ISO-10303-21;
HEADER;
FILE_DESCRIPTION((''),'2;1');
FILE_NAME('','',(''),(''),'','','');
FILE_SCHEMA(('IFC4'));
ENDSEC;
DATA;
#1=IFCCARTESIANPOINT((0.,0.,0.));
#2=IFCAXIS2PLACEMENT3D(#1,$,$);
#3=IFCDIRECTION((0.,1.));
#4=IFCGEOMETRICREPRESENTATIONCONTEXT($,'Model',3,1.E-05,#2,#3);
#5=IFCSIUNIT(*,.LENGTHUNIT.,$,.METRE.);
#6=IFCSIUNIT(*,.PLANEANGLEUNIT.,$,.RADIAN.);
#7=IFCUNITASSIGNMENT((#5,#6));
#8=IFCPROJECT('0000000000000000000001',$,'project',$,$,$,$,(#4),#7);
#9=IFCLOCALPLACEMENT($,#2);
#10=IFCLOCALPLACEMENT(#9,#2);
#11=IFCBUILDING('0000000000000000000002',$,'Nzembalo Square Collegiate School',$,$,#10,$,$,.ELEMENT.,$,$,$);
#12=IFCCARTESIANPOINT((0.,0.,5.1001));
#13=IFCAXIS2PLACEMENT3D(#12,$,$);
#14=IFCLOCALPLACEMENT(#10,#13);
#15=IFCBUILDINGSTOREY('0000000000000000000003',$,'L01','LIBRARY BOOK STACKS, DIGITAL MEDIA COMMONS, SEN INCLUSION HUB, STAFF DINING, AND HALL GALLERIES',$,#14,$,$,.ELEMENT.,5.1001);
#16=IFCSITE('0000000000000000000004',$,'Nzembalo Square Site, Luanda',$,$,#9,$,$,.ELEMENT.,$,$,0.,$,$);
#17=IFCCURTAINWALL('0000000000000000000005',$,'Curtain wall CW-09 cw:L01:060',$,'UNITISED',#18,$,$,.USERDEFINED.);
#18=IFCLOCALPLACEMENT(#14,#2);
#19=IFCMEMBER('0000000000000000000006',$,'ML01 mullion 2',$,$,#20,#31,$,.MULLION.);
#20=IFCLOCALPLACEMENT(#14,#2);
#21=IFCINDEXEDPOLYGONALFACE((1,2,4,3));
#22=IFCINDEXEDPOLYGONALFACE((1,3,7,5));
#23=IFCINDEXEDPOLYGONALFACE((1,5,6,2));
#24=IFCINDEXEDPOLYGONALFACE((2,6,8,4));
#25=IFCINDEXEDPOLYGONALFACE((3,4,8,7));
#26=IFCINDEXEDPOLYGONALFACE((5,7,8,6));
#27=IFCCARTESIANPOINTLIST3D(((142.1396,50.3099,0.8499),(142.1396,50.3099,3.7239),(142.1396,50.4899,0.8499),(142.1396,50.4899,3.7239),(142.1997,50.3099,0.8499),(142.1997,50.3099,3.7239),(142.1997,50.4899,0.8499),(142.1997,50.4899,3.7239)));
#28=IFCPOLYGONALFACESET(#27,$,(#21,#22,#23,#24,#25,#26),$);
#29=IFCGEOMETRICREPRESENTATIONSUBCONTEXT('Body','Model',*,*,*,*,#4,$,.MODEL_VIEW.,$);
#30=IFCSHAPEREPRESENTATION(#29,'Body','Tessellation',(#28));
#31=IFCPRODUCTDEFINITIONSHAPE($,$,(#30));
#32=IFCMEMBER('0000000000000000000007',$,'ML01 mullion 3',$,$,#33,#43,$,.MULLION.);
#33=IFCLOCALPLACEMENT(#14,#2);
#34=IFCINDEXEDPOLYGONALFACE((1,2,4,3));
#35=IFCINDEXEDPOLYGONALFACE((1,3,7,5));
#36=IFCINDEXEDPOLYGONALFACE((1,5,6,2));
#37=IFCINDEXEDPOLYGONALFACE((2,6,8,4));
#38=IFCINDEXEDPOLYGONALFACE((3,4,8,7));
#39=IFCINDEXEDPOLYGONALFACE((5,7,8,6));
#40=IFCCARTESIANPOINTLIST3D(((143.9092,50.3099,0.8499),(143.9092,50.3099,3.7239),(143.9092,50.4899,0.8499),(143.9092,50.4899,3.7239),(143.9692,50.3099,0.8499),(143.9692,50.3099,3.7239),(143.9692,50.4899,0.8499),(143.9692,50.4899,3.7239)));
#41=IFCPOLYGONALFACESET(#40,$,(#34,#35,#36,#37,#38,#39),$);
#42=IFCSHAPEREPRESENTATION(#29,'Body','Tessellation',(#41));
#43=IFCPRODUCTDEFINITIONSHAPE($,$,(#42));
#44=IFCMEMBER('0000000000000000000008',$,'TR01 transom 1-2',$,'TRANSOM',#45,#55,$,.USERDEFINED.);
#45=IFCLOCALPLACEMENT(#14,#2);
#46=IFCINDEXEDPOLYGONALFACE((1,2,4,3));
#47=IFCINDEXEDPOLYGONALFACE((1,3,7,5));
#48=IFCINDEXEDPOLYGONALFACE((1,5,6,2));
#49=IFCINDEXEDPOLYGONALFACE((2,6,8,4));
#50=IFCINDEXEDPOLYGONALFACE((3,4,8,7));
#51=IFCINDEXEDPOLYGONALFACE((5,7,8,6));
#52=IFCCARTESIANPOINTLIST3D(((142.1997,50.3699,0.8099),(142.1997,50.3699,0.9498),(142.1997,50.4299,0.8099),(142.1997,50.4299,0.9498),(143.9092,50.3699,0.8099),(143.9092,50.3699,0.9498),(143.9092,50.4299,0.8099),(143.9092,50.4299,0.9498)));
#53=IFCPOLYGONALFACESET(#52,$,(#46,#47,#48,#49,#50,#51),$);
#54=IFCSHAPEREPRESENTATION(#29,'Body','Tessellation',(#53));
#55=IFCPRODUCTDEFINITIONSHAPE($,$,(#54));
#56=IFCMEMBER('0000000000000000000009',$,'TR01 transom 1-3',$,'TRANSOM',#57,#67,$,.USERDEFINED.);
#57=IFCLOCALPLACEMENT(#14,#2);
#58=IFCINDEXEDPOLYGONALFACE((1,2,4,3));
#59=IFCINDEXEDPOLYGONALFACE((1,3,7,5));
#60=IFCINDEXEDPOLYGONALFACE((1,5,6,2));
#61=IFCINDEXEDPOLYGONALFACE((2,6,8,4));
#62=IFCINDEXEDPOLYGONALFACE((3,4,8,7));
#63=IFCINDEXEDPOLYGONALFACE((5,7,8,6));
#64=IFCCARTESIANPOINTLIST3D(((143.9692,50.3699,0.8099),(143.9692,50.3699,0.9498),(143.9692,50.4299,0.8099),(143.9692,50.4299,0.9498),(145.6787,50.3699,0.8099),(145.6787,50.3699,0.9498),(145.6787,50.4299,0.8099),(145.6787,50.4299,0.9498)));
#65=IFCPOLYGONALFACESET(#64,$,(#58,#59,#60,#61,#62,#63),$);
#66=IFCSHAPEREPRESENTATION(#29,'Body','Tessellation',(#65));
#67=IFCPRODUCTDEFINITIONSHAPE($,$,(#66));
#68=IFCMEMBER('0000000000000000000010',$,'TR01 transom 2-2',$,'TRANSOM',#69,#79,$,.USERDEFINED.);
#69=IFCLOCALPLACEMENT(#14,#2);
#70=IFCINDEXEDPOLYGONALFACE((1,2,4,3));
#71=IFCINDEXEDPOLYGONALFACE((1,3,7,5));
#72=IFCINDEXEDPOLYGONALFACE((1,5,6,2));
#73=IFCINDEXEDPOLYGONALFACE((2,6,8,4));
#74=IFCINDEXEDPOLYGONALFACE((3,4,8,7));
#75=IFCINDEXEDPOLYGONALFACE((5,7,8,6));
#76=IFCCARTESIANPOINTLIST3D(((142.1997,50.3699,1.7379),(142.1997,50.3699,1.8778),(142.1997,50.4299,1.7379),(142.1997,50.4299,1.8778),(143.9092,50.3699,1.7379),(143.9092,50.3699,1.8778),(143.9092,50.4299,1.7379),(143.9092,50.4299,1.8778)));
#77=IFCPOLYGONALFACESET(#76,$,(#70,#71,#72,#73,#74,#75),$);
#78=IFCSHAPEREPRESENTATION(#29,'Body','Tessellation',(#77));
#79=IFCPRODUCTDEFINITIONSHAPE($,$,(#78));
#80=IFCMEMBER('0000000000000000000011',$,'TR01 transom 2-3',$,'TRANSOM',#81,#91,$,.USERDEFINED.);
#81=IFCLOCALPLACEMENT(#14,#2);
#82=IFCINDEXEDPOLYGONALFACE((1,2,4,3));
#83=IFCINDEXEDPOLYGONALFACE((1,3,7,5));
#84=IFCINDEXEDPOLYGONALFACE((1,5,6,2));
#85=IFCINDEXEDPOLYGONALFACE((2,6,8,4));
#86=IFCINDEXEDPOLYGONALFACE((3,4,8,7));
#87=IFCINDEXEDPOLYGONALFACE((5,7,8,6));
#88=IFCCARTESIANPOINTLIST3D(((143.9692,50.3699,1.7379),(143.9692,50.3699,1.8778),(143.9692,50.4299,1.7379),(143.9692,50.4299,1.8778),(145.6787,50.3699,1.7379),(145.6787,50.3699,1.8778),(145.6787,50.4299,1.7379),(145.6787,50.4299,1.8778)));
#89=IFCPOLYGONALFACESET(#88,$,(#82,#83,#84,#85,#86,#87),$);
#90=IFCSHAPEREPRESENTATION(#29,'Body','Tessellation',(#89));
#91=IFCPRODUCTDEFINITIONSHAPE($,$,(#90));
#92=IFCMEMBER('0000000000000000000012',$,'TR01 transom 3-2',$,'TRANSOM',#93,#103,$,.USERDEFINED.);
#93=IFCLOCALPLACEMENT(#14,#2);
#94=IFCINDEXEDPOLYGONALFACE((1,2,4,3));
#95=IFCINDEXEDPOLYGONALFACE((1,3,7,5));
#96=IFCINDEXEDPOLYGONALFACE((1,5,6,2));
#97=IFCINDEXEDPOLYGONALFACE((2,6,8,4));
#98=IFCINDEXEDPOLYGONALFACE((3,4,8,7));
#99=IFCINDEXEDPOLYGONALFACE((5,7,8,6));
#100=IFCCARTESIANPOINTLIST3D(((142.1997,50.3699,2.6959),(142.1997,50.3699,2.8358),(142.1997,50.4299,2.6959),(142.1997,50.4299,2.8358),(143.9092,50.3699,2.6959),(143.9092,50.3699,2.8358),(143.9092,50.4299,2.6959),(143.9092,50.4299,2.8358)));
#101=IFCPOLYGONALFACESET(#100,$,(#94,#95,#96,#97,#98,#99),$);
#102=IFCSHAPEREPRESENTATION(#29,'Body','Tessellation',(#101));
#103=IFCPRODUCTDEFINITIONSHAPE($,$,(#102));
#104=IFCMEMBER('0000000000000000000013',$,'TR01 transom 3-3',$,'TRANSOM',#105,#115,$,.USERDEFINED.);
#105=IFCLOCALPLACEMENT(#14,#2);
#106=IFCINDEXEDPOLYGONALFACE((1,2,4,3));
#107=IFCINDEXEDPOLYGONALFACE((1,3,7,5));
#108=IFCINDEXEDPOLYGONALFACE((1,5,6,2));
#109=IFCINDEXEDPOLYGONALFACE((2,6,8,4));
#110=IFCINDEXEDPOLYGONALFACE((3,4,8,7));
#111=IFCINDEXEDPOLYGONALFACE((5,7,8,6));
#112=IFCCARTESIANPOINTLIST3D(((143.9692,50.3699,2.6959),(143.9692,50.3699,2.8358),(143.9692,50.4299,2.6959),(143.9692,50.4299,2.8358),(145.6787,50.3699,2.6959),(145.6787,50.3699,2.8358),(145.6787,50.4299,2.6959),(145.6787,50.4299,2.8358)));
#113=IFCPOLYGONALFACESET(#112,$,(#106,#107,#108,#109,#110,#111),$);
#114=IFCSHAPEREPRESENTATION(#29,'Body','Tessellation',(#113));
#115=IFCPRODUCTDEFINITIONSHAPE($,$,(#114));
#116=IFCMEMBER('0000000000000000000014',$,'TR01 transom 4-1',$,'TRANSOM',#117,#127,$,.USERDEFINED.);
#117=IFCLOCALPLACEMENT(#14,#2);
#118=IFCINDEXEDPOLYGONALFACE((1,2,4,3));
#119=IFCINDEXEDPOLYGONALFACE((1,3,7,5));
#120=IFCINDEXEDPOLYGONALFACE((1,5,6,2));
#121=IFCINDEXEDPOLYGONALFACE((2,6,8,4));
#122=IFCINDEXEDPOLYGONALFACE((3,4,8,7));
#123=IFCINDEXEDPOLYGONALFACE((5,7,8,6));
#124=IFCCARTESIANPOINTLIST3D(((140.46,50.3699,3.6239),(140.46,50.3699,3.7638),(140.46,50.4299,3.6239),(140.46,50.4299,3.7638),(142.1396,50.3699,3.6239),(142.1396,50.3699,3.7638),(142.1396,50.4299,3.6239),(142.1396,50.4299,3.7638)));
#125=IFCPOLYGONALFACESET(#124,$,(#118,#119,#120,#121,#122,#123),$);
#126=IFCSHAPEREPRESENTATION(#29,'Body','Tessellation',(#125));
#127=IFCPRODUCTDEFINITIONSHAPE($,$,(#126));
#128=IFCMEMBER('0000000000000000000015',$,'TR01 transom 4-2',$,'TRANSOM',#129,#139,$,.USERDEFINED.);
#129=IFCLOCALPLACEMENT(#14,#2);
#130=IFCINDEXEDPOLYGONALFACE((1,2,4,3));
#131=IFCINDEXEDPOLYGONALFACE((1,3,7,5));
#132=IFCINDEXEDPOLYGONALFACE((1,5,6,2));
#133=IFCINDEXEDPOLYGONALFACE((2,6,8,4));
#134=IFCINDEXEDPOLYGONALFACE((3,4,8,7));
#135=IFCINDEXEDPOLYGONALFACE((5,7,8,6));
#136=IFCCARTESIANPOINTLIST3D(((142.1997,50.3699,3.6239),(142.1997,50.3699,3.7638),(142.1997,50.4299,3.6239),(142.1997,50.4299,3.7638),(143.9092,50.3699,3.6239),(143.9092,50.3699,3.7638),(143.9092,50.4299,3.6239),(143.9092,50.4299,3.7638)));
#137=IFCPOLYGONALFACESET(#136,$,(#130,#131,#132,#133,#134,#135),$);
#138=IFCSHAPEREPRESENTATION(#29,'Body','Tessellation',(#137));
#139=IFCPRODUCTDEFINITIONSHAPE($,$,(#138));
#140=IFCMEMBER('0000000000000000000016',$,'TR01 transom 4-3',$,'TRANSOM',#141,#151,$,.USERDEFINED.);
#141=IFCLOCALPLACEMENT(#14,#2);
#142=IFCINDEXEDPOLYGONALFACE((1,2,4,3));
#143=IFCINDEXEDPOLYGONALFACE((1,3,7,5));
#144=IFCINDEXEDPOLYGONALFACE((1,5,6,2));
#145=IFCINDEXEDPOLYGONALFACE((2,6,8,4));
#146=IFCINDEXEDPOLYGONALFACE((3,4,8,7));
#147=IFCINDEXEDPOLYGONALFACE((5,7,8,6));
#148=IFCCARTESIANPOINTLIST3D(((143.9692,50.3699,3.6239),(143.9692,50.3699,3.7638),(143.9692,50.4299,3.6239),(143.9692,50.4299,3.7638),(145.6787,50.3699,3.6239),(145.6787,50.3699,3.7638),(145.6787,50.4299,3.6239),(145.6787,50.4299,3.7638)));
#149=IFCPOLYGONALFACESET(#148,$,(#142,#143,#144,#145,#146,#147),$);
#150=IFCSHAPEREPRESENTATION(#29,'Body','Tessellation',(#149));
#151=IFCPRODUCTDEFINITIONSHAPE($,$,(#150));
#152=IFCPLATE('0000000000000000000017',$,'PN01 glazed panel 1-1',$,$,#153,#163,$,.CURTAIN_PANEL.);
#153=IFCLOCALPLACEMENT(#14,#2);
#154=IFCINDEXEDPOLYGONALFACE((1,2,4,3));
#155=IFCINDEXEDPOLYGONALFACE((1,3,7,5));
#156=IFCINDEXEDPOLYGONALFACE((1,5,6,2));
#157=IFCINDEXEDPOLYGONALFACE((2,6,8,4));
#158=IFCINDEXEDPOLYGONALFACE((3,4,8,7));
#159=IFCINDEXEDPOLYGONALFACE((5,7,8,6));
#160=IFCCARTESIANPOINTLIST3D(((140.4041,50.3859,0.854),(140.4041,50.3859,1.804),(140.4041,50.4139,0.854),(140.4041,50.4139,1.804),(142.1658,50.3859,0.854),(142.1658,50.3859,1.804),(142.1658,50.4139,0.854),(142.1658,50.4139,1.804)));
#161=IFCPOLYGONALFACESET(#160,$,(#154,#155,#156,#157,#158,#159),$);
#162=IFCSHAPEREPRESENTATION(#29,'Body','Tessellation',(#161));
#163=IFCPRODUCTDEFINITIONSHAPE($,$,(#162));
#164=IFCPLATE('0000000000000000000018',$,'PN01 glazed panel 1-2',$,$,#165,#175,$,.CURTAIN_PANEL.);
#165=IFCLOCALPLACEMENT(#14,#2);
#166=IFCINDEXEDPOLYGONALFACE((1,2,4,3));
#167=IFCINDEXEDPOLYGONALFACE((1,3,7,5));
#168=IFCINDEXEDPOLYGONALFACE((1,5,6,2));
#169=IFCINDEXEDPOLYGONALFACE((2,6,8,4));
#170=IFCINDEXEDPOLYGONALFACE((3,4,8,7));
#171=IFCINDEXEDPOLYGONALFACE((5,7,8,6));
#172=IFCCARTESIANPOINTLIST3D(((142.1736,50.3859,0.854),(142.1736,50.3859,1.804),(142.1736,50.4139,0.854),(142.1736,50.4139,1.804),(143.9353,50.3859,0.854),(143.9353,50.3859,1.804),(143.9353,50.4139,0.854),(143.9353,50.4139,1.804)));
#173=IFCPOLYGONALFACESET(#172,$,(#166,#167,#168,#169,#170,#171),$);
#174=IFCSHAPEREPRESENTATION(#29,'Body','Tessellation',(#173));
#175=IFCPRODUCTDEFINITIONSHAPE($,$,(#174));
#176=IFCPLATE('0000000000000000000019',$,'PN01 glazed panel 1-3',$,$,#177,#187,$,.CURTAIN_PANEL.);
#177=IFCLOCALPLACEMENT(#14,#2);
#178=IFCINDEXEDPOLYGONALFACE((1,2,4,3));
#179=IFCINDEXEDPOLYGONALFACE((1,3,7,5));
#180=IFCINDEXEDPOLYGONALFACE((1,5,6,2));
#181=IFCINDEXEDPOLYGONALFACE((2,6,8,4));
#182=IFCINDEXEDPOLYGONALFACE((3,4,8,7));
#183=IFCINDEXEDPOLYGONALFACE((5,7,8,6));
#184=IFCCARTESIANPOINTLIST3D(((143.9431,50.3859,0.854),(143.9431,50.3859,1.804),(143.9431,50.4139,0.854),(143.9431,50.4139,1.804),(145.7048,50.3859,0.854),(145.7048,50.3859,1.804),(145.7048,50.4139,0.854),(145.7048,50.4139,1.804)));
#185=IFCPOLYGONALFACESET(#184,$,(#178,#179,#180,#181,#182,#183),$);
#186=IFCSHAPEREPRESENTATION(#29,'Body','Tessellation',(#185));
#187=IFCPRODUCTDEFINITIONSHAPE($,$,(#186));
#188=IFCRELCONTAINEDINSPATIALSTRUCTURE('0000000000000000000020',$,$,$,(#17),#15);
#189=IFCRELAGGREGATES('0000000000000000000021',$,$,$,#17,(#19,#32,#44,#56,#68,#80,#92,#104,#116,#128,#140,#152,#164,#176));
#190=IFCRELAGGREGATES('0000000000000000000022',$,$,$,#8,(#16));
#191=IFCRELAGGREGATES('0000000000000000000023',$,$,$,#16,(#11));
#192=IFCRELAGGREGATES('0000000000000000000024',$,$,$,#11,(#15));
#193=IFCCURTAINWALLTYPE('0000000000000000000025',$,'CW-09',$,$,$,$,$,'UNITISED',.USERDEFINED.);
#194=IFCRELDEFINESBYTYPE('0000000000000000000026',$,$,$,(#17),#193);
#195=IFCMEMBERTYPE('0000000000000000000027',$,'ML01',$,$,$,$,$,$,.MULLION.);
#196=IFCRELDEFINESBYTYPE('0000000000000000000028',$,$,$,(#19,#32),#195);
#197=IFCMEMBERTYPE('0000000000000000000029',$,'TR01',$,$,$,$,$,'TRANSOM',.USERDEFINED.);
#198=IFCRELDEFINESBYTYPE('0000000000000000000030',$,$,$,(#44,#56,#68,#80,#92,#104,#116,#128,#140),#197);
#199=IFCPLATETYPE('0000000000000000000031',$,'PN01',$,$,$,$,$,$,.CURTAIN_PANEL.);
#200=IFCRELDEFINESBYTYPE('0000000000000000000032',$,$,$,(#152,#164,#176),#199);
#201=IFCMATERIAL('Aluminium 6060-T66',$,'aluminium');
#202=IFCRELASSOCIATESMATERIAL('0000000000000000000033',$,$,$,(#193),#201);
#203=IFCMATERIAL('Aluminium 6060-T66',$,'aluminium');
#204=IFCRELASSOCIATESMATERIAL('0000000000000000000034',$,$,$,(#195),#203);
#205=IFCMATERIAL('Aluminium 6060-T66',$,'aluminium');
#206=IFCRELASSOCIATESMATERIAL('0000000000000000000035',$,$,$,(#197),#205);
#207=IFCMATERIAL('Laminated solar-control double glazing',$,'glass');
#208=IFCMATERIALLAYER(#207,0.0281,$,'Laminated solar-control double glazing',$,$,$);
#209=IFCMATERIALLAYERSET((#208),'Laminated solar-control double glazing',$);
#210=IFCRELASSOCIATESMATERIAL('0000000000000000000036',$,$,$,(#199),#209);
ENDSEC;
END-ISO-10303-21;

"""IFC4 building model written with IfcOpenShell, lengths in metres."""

from ifc_helpers import new_model, si_unit, direction, frame, origin, origin_2d, place, context, subcontext, project, spatial, rectangle, extrude, material, layer, layer_set, material_profile, profile_set, type_object, element, aggregate, save


model = new_model("IFC4")

# Units and contexts
model_context = context("Model", 3, precision=1e-05, world=origin(), true_north=direction((0.0, 1.0)))
body_context = subcontext(model_context, "Body", "Model", "MODEL_VIEW")
ifc_project = project(units=[si_unit("LENGTHUNIT", "METRE"), si_unit("PLANEANGLEUNIT", "RADIAN")], contexts=[model_context])

# Site, building, storey
site_placement = place(None, origin())
site = spatial("IfcSite", under=ifc_project, at=site_placement, Name="Nzembalo Square Site, Luanda", CompositionType="ELEMENT", RefElevation=0.0)
building_placement = place(site_placement, origin())
building = spatial("IfcBuilding", under=site, at=building_placement, Name="Nzembalo Square Collegiate School", CompositionType="ELEMENT")
storey_placement = place(building_placement, frame((0.0, 0.0, 5.1001)))
storey = spatial("IfcBuildingStorey", under=building, at=storey_placement, Name="L01", Description="LIBRARY BOOK STACKS, DIGITAL MEDIA COMMONS, SEN INCLUSION HUB, STAFF DINING, AND HALL GALLERIES", CompositionType="ELEMENT", Elevation=5.1001)

# Curtain wall, members, plates
ifc_material_1 = material(Name="Aluminium 6060-T66", Category="aluminium")
curtain_wall_type = type_object("IfcCurtainWallType", Name="CW-09", ElementType="UNITISED", PredefinedType="USERDEFINED", material=ifc_material_1)
curtain_wall_placement = place(storey_placement, origin())
curtain_wall = element("IfcCurtainWall", 1, at=curtain_wall_placement, inside=storey, type_object=curtain_wall_type, Name="Curtain wall CW-09 cw:L01:060", ObjectType="UNITISED", PredefinedType="USERDEFINED")
ifc_material_2 = material(Name="Aluminium 6060-T66", Category="aluminium")
ifc_material_profile_1 = material_profile(ifc_material_2, rectangle(XDim=0.0601, YDim=0.1799, at=origin_2d()), Name="ALU M60x180")
ifc_profile_set_1 = profile_set([ifc_material_profile_1], Name="Aluminium 6060-T66")
member_type_1 = type_object("IfcMemberType", Name="ML01", PredefinedType="MULLION", material=ifc_profile_set_1)
member_1_placement = place(storey_placement, frame((142.1697, 50.3999, 0.8499), z_axis=(0.0, 0.0, 1.0), x_axis=(1.0, 0.0, 0.0)))
member_1 = element("IfcMember", 2, at=member_1_placement, type_object=member_type_1, Name="ML01 mullion 2", PredefinedType="MULLION", context=body_context, shape_type="SweptSolid", body=[
    extrude(rectangle(XDim=0.0601, YDim=0.1799, at=origin_2d()), origin(), (0.0, 0.0, 1.0), 2.874),
])
member_2_placement = place(storey_placement, frame((143.9392, 50.3999, 0.8499), z_axis=(0.0, 0.0, 1.0), x_axis=(1.0, 0.0, 0.0)))
member_2 = element("IfcMember", 3, at=member_2_placement, type_object=member_type_1, Name="ML01 mullion 3", PredefinedType="MULLION", context=body_context, shape_type="SweptSolid", body=[
    extrude(rectangle(XDim=0.0601, YDim=0.1799, at=origin_2d()), origin(), (0.0, 0.0, 1.0), 2.874),
])
ifc_material_3 = material(Name="Aluminium 6060-T66", Category="aluminium")
ifc_material_profile_2 = material_profile(ifc_material_3, rectangle(XDim=0.0601, YDim=0.1399, at=origin_2d()), Name="ALU T60x140")
ifc_profile_set_2 = profile_set([ifc_material_profile_2], Name="Aluminium 6060-T66")
member_type_2 = type_object("IfcMemberType", Name="TR01", ElementType="TRANSOM", PredefinedType="USERDEFINED", material=ifc_profile_set_2)
member_3_placement = place(storey_placement, frame((142.1997, 50.3999, 0.8799), z_axis=(1.0, 0.0, 0.0), x_axis=(0.0, 1.0, 0.0)))
member_3 = element("IfcMember", 4, at=member_3_placement, type_object=member_type_2, Name="TR01 transom 1-2", ObjectType="TRANSOM", PredefinedType="USERDEFINED", context=body_context, shape_type="SweptSolid", body=[
    extrude(rectangle(XDim=0.0601, YDim=0.1399, at=origin_2d()), origin(), (0.0, 0.0, 1.0), 1.7095),
])
member_4_placement = place(storey_placement, frame((143.9692, 50.3999, 0.8799), z_axis=(1.0, 0.0, 0.0), x_axis=(0.0, 1.0, 0.0)))
member_4 = element("IfcMember", 5, at=member_4_placement, type_object=member_type_2, Name="TR01 transom 1-3", ObjectType="TRANSOM", PredefinedType="USERDEFINED", context=body_context, shape_type="SweptSolid", body=[
    extrude(rectangle(XDim=0.0601, YDim=0.1399, at=origin_2d()), origin(), (0.0, 0.0, 1.0), 1.7095),
])
member_5_placement = place(storey_placement, frame((142.1997, 50.3999, 1.8079), z_axis=(1.0, 0.0, 0.0), x_axis=(0.0, 1.0, 0.0)))
member_5 = element("IfcMember", 6, at=member_5_placement, type_object=member_type_2, Name="TR01 transom 2-2", ObjectType="TRANSOM", PredefinedType="USERDEFINED", context=body_context, shape_type="SweptSolid", body=[
    extrude(rectangle(XDim=0.0601, YDim=0.1399, at=origin_2d()), origin(), (0.0, 0.0, 1.0), 1.7095),
])
member_6_placement = place(storey_placement, frame((143.9692, 50.3999, 1.8079), z_axis=(1.0, 0.0, 0.0), x_axis=(0.0, 1.0, 0.0)))
member_6 = element("IfcMember", 7, at=member_6_placement, type_object=member_type_2, Name="TR01 transom 2-3", ObjectType="TRANSOM", PredefinedType="USERDEFINED", context=body_context, shape_type="SweptSolid", body=[
    extrude(rectangle(XDim=0.0601, YDim=0.1399, at=origin_2d()), origin(), (0.0, 0.0, 1.0), 1.7095),
])
member_7_placement = place(storey_placement, frame((142.1997, 50.3999, 2.7659), z_axis=(1.0, 0.0, 0.0), x_axis=(0.0, 1.0, 0.0)))
member_7 = element("IfcMember", 8, at=member_7_placement, type_object=member_type_2, Name="TR01 transom 3-2", ObjectType="TRANSOM", PredefinedType="USERDEFINED", context=body_context, shape_type="SweptSolid", body=[
    extrude(rectangle(XDim=0.0601, YDim=0.1399, at=origin_2d()), origin(), (0.0, 0.0, 1.0), 1.7095),
])
member_8_placement = place(storey_placement, frame((143.9692, 50.3999, 2.7659), z_axis=(1.0, 0.0, 0.0), x_axis=(0.0, 1.0, 0.0)))
member_8 = element("IfcMember", 9, at=member_8_placement, type_object=member_type_2, Name="TR01 transom 3-3", ObjectType="TRANSOM", PredefinedType="USERDEFINED", context=body_context, shape_type="SweptSolid", body=[
    extrude(rectangle(XDim=0.0601, YDim=0.1399, at=origin_2d()), origin(), (0.0, 0.0, 1.0), 1.7095),
])
member_9_placement = place(storey_placement, frame((140.46, 50.3999, 3.6938), z_axis=(1.0, 0.0, 0.0), x_axis=(0.0, 1.0, 0.0)))
member_9 = element("IfcMember", 10, at=member_9_placement, type_object=member_type_2, Name="TR01 transom 4-1", ObjectType="TRANSOM", PredefinedType="USERDEFINED", context=body_context, shape_type="SweptSolid", body=[
    extrude(rectangle(XDim=0.0601, YDim=0.1399, at=origin_2d()), origin(), (0.0, 0.0, 1.0), 1.6797),
])
member_10_placement = place(storey_placement, frame((142.1997, 50.3999, 3.6938), z_axis=(1.0, 0.0, 0.0), x_axis=(0.0, 1.0, 0.0)))
member_10 = element("IfcMember", 11, at=member_10_placement, type_object=member_type_2, Name="TR01 transom 4-2", ObjectType="TRANSOM", PredefinedType="USERDEFINED", context=body_context, shape_type="SweptSolid", body=[
    extrude(rectangle(XDim=0.0601, YDim=0.1399, at=origin_2d()), origin(), (0.0, 0.0, 1.0), 1.7095),
])
member_11_placement = place(storey_placement, frame((143.9692, 50.3999, 3.6938), z_axis=(1.0, 0.0, 0.0), x_axis=(0.0, 1.0, 0.0)))
member_11 = element("IfcMember", 12, at=member_11_placement, type_object=member_type_2, Name="TR01 transom 4-3", ObjectType="TRANSOM", PredefinedType="USERDEFINED", context=body_context, shape_type="SweptSolid", body=[
    extrude(rectangle(XDim=0.0601, YDim=0.1399, at=origin_2d()), origin(), (0.0, 0.0, 1.0), 1.7095),
])
ifc_material_4 = material(Name="Laminated solar-control double glazing", Category="glass")
ifc_layer_1 = layer(ifc_material_4, 0.0281, Name="Laminated solar-control double glazing")
ifc_layer_set_1 = layer_set([ifc_layer_1], Name="Laminated solar-control double glazing")
plate_type = type_object("IfcPlateType", Name="PN01", PredefinedType="CURTAIN_PANEL", material=ifc_layer_set_1)
plate_1_placement = place(storey_placement, frame((141.2849, 50.3999, 0.854), z_axis=(0.0, 0.0, 1.0), x_axis=(1.0, 0.0, 0.0)))
plate_1 = element("IfcPlate", 13, at=plate_1_placement, type_object=plate_type, Name="PN01 glazed panel 1-1", PredefinedType="CURTAIN_PANEL", context=body_context, shape_type="SweptSolid", body=[
    extrude(rectangle(XDim=1.7617, YDim=0.0281, at=origin_2d()), origin(), (0.0, 0.0, 1.0), 0.95),
])
plate_2_placement = place(storey_placement, frame((143.0544, 50.3999, 0.854), z_axis=(0.0, 0.0, 1.0), x_axis=(1.0, 0.0, 0.0)))
plate_2 = element("IfcPlate", 14, at=plate_2_placement, type_object=plate_type, Name="PN01 glazed panel 1-2", PredefinedType="CURTAIN_PANEL", context=body_context, shape_type="SweptSolid", body=[
    extrude(rectangle(XDim=1.7617, YDim=0.0281, at=origin_2d()), origin(), (0.0, 0.0, 1.0), 0.95),
])
plate_3_placement = place(storey_placement, frame((144.824, 50.3999, 0.854), z_axis=(0.0, 0.0, 1.0), x_axis=(1.0, 0.0, 0.0)))
plate_3 = element("IfcPlate", 15, at=plate_3_placement, type_object=plate_type, Name="PN01 glazed panel 1-3", PredefinedType="CURTAIN_PANEL", context=body_context, shape_type="SweptSolid", body=[
    extrude(rectangle(XDim=1.7617, YDim=0.0281, at=origin_2d()), origin(), (0.0, 0.0, 1.0), 0.95),
])
aggregate(curtain_wall, [member_1, member_2, member_3, member_4, member_5, member_6, member_7, member_8, member_9, member_10, member_11, plate_1, plate_2, plate_3])

save(model, "model.ifc")
